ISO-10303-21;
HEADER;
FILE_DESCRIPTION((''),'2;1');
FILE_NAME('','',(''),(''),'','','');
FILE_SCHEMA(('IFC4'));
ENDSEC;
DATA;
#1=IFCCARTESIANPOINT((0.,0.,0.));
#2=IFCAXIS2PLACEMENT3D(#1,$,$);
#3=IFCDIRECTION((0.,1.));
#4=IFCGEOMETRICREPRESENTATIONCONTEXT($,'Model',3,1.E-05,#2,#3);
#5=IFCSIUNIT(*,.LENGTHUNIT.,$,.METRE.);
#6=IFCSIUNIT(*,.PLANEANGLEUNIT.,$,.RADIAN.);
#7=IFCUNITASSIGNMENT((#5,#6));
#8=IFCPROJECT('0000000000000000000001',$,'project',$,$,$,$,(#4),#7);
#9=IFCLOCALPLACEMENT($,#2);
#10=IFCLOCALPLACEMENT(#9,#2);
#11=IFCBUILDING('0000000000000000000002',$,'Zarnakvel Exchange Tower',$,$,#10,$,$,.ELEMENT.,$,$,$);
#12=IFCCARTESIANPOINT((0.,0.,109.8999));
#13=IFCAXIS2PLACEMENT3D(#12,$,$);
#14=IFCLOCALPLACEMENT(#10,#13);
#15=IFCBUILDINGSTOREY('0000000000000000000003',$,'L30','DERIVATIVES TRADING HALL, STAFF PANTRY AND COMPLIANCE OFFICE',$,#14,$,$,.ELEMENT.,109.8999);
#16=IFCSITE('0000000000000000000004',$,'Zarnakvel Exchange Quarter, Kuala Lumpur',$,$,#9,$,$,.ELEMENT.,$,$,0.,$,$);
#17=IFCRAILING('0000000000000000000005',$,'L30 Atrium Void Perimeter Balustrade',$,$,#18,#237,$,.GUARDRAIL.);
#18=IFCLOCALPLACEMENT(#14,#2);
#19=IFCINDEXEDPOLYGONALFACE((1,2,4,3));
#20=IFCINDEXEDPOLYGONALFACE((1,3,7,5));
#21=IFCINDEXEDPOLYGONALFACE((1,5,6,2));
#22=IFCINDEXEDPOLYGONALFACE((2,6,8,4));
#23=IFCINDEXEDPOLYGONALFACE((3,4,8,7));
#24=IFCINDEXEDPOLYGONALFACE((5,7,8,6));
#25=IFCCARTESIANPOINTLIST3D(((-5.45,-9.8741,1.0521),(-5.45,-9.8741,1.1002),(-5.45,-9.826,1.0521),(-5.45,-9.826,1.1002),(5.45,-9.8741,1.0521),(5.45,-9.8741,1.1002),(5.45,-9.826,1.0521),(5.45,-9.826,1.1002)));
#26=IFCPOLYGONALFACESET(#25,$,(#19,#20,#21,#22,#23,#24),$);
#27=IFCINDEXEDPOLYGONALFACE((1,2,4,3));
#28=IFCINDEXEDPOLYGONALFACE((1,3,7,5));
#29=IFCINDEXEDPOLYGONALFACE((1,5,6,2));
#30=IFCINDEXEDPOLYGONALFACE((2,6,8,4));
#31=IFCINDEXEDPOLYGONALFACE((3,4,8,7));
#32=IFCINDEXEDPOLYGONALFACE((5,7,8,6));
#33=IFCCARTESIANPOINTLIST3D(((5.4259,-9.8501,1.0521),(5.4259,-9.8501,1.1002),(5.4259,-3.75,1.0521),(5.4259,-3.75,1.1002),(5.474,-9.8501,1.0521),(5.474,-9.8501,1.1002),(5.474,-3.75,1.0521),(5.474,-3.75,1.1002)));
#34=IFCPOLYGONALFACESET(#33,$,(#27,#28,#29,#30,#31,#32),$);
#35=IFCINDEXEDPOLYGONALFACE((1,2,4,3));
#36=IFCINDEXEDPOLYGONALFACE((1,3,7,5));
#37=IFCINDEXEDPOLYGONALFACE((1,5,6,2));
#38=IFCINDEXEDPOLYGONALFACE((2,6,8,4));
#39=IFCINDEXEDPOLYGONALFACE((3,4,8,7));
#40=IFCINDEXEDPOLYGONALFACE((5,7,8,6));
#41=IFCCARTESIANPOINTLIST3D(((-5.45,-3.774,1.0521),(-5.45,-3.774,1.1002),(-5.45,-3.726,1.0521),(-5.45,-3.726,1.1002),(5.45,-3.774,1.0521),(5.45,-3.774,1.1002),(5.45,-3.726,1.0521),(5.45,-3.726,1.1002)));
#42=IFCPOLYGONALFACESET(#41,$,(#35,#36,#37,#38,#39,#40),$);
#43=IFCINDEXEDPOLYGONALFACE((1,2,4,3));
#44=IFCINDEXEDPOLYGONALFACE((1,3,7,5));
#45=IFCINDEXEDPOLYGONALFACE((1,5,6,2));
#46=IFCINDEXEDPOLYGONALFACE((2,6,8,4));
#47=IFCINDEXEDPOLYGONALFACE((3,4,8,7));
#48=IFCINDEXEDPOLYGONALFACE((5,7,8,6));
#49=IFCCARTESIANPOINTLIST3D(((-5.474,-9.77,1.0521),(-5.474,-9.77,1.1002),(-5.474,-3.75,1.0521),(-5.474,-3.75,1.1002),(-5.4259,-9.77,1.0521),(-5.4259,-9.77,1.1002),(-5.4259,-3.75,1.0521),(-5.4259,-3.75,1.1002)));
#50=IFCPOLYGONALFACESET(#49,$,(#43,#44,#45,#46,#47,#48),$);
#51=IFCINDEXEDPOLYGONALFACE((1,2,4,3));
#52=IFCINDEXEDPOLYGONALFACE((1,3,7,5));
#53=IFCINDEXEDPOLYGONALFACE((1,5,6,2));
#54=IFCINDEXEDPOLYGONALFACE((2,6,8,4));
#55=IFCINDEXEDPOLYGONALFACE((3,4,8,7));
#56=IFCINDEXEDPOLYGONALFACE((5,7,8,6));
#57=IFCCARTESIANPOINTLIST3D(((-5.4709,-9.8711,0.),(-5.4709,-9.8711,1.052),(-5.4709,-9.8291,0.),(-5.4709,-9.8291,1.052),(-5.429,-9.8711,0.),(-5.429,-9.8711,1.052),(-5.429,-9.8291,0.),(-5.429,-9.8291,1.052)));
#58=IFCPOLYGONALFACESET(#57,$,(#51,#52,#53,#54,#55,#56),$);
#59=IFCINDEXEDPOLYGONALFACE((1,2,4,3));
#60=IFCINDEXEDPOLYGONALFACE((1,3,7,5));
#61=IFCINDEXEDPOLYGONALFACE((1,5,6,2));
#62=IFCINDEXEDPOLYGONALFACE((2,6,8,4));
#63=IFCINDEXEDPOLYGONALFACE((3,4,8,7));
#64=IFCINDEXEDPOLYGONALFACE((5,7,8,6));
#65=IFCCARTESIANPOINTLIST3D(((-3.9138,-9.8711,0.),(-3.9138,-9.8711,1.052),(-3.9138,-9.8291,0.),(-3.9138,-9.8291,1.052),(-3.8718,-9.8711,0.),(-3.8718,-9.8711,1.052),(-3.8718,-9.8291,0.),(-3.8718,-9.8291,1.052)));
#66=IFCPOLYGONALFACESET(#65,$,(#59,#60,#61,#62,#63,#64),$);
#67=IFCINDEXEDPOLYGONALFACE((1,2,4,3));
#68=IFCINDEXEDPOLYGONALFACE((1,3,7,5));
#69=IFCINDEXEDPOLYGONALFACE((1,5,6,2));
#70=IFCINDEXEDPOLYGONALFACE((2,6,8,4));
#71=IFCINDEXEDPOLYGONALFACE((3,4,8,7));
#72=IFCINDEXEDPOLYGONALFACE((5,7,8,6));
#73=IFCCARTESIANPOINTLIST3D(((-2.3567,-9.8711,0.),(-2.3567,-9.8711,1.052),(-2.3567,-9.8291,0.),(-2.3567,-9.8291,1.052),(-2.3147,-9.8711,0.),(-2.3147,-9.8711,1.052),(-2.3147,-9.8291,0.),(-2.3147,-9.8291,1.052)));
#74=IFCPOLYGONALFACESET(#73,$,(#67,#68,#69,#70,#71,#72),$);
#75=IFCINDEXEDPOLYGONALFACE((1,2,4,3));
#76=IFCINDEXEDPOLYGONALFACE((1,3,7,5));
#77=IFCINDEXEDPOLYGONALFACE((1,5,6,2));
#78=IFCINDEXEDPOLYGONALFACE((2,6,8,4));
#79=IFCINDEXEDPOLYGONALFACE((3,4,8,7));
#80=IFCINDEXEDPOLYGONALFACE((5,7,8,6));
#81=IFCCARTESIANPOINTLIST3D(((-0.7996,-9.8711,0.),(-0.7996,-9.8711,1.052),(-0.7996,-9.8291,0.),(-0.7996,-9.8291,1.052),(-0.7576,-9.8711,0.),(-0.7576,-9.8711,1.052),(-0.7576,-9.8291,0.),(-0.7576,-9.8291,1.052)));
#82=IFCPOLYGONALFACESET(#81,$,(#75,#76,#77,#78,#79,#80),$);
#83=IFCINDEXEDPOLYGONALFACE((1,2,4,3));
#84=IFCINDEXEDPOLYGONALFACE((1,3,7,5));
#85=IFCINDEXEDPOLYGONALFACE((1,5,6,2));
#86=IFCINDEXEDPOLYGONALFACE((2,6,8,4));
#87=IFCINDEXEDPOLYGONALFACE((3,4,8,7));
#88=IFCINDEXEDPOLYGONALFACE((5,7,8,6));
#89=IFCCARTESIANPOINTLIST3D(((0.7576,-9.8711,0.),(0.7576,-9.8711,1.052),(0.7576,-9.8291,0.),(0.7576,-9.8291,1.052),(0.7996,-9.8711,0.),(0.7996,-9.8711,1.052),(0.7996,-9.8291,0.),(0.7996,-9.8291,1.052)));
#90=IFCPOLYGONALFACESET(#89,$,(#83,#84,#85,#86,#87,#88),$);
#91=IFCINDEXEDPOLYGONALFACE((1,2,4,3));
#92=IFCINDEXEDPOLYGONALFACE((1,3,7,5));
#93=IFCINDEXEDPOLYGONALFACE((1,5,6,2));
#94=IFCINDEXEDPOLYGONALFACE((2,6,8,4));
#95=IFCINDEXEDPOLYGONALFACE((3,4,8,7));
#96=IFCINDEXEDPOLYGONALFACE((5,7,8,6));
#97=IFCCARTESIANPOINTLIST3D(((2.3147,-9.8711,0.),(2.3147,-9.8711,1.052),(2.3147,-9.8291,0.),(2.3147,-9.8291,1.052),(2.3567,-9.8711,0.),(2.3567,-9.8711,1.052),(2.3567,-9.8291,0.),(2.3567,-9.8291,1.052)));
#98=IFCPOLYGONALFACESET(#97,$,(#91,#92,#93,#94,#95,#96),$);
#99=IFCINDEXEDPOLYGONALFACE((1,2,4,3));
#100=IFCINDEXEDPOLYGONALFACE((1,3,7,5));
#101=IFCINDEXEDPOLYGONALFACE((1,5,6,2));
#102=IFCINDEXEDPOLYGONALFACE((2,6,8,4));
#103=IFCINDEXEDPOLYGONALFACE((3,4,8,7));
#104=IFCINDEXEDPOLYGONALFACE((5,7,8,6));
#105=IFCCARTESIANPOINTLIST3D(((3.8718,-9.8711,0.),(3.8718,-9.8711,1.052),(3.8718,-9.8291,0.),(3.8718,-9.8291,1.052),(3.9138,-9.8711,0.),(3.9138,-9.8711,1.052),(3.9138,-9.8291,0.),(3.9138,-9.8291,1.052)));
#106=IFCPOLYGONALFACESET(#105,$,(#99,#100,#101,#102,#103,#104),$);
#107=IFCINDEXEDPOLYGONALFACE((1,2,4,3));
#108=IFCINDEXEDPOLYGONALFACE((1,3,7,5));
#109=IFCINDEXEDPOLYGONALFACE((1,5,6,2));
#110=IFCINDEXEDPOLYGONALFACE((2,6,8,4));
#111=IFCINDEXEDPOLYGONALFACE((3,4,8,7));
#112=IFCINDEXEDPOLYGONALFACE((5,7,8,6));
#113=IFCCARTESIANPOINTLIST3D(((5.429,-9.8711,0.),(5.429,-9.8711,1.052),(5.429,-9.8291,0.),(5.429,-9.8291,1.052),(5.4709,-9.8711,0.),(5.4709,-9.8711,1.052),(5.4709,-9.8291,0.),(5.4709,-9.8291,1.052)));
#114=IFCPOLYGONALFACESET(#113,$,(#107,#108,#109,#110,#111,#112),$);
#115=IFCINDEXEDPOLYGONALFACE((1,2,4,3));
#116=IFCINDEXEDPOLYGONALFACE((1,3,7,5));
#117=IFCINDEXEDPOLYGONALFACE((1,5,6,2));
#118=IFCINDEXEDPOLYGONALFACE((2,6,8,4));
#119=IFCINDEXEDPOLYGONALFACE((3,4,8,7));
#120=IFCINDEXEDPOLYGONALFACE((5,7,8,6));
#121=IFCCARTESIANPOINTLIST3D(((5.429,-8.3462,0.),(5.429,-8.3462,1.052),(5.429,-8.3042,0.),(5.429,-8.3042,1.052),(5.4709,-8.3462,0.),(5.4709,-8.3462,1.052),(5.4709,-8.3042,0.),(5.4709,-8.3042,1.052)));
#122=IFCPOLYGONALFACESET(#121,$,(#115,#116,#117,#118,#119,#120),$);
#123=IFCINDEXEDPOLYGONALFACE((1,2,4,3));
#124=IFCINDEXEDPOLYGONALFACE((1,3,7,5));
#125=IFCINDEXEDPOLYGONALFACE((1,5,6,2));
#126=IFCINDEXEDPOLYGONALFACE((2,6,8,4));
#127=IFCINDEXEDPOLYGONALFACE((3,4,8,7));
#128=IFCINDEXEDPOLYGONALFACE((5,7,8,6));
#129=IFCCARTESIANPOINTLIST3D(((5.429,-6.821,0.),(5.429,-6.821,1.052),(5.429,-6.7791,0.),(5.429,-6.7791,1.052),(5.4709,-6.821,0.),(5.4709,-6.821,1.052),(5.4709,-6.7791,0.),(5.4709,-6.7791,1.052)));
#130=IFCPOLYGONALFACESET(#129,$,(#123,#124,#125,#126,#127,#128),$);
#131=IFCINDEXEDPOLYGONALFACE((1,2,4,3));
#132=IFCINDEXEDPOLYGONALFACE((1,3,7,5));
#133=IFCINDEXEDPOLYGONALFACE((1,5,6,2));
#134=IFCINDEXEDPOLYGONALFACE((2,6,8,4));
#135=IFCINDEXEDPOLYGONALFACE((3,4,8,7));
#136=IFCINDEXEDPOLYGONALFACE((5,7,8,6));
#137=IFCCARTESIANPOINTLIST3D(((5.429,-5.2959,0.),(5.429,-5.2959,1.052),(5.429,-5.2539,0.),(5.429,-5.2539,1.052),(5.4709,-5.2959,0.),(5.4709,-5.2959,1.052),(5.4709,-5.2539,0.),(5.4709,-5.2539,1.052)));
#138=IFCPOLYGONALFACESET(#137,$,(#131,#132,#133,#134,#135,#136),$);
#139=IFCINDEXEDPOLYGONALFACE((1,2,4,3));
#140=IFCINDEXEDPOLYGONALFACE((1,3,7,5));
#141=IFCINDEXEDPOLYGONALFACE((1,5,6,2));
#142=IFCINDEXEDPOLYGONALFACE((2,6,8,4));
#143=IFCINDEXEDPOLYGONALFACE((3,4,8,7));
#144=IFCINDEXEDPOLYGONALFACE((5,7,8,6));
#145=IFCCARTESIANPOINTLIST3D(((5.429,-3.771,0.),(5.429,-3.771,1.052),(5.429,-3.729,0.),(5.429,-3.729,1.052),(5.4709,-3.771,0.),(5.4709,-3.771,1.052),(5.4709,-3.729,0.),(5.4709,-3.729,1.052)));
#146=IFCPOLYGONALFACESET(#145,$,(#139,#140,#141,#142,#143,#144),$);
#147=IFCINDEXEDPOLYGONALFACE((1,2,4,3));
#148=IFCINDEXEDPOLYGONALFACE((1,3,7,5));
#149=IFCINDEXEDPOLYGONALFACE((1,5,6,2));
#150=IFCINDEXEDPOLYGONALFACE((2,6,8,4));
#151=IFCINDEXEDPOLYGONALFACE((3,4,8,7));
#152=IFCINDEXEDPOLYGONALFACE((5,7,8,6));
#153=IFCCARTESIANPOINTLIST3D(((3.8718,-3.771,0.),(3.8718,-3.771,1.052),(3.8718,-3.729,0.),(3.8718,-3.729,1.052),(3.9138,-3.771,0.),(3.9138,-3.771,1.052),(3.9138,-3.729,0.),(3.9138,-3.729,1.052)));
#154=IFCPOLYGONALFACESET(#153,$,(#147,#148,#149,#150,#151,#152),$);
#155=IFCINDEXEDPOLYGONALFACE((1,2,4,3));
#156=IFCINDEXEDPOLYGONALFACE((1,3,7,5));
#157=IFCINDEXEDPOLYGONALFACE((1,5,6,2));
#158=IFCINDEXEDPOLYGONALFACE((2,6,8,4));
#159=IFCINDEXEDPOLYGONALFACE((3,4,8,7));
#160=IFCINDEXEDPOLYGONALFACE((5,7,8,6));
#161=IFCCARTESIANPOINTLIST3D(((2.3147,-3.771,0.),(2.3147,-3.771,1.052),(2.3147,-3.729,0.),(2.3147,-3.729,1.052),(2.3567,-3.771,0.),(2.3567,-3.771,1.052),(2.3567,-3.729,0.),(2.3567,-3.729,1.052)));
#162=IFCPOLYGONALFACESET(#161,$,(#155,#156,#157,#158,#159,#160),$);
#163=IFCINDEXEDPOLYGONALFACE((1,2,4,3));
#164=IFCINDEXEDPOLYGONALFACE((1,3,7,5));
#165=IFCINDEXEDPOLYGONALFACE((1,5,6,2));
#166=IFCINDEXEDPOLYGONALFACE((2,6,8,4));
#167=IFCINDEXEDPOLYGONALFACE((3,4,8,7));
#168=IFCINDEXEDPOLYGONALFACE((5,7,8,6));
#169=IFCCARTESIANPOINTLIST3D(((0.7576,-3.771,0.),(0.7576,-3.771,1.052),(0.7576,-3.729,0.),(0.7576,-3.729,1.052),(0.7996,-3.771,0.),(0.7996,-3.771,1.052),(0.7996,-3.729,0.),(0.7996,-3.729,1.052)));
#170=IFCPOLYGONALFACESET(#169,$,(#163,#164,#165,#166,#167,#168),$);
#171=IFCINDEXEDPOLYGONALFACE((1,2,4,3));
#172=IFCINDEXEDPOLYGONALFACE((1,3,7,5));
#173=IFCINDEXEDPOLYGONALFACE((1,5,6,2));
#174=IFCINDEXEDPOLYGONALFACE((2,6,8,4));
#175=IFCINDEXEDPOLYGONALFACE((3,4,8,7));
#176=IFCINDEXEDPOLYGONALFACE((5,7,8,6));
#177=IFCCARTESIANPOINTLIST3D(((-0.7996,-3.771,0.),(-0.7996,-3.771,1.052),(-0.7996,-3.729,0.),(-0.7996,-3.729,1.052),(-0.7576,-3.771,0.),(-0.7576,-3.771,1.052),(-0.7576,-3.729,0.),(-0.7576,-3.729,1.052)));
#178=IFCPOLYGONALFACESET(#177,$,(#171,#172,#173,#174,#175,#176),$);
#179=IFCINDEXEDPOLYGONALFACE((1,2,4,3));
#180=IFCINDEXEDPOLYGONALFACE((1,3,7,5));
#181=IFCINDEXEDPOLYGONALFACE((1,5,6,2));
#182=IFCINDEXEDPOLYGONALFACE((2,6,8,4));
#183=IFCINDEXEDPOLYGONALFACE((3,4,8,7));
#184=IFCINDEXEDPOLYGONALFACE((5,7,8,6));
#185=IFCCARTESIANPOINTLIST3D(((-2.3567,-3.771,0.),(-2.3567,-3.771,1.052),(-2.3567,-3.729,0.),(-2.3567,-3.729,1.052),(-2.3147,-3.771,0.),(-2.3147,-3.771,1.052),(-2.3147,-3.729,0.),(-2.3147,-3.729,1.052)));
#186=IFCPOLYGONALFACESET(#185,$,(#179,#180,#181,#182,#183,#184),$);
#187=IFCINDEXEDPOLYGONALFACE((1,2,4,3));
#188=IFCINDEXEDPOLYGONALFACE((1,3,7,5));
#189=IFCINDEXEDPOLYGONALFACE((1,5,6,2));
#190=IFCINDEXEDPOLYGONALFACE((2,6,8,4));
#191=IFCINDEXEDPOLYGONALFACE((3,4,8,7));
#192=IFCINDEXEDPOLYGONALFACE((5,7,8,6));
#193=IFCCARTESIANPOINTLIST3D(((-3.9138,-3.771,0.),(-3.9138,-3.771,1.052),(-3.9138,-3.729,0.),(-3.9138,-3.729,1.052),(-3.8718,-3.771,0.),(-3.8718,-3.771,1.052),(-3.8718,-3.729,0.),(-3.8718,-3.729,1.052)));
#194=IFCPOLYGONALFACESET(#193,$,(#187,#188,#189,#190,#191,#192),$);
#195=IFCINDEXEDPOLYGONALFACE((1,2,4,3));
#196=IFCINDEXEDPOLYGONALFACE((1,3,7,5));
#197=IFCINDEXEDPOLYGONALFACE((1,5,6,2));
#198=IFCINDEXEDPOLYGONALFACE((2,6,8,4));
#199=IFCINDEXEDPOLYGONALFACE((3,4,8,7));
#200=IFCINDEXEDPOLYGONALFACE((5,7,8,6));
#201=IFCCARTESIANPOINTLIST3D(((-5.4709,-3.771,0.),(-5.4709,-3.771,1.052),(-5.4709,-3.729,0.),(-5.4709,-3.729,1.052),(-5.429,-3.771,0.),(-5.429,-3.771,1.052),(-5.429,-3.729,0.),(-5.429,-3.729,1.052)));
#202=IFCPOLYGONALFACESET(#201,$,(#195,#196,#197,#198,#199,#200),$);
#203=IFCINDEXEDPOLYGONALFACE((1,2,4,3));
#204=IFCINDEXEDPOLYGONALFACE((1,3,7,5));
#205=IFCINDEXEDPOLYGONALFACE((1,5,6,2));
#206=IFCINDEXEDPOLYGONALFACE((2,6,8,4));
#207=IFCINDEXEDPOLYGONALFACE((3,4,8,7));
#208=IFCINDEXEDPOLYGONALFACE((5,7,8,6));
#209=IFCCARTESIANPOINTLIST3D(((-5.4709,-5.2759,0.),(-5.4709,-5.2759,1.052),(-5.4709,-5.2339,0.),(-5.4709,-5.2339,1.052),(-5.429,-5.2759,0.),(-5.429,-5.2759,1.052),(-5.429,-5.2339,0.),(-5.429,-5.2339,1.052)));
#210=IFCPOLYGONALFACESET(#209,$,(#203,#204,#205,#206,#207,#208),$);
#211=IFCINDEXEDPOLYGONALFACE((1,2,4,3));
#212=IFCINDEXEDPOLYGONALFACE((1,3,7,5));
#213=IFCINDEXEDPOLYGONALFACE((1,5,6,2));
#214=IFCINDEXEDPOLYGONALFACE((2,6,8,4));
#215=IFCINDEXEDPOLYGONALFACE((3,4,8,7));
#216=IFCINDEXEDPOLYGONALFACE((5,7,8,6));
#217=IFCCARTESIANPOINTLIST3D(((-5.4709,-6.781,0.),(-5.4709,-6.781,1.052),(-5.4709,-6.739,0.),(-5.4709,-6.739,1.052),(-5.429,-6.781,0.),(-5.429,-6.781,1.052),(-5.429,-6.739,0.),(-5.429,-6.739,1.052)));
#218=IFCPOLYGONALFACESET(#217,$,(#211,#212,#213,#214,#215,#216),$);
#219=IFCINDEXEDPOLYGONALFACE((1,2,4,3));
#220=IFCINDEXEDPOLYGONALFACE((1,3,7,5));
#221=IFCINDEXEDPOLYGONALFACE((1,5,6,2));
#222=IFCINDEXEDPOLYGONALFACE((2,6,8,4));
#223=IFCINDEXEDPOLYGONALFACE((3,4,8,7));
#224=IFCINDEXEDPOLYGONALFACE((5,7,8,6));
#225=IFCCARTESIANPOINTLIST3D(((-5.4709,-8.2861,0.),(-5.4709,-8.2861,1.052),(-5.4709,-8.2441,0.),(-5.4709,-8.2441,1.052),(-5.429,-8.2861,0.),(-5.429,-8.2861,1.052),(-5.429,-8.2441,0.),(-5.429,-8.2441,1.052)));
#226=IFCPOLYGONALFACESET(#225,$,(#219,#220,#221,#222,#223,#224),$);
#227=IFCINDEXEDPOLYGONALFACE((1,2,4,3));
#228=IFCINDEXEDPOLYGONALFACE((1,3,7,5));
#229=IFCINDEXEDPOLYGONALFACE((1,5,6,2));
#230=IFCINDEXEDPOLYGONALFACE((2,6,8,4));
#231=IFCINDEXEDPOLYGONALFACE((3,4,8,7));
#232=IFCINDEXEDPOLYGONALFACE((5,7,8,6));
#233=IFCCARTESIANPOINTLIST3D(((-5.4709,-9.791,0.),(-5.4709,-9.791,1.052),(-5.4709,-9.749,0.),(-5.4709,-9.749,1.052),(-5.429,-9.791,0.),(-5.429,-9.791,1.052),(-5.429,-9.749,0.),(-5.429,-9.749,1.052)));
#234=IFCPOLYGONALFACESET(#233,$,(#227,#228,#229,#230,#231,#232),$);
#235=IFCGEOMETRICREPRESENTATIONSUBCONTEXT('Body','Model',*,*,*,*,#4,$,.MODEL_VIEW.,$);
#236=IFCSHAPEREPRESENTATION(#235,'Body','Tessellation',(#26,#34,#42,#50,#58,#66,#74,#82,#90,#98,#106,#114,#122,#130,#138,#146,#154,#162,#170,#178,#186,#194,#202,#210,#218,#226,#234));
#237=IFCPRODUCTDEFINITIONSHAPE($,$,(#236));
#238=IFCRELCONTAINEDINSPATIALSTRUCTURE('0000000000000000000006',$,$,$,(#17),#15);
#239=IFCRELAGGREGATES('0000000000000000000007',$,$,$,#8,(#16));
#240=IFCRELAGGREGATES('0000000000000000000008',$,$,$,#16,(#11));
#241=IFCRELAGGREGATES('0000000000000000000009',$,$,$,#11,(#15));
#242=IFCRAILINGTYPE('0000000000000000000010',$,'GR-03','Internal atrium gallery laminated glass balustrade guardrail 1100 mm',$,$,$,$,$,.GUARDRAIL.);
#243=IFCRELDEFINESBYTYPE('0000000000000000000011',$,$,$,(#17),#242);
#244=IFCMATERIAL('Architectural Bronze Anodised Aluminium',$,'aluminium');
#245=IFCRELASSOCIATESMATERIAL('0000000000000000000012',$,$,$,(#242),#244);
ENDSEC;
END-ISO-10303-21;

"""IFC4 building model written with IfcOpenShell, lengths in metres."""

from ifc_helpers import new_model, si_unit, direction, frame, origin, origin_2d, place, context, subcontext, project, spatial, rectangle, extrude, material, type_object, element, save


model = new_model("IFC4")

# Units and contexts
model_context = context("Model", 3, precision=1e-05, world=origin(), true_north=direction((0.0, 1.0)))
body_context = subcontext(model_context, "Body", "Model", "MODEL_VIEW")
ifc_project = project(units=[si_unit("LENGTHUNIT", "METRE"), si_unit("PLANEANGLEUNIT", "RADIAN")], contexts=[model_context])

# Site, building, storey
site_placement = place(None, origin())
site = spatial("IfcSite", under=ifc_project, at=site_placement, Name="Zarnakvel Exchange Quarter, Kuala Lumpur", CompositionType="ELEMENT", RefElevation=0.0)
building_placement = place(site_placement, origin())
building = spatial("IfcBuilding", under=site, at=building_placement, Name="Zarnakvel Exchange Tower", CompositionType="ELEMENT")
storey_placement = place(building_placement, frame((0.0, 0.0, 109.8999)))
storey = spatial("IfcBuildingStorey", under=building, at=storey_placement, Name="L30", Description="DERIVATIVES TRADING HALL, STAFF PANTRY AND COMPLIANCE OFFICE", CompositionType="ELEMENT", Elevation=109.8999)

# Railing
ifc_material_1 = material(Name="Architectural Bronze Anodised Aluminium", Category="aluminium")
railing_type = type_object("IfcRailingType", Name="GR-03", Description="Internal atrium gallery laminated glass balustrade guardrail 1100 mm", PredefinedType="GUARDRAIL", material=ifc_material_1)
railing_placement = place(storey_placement, frame((-5.45, -9.8501, 0.0)))
element("IfcRailing", 1, at=railing_placement, inside=storey, type_object=railing_type, Name="L30 Atrium Void Perimeter Balustrade", PredefinedType="GUARDRAIL", context=body_context, shape_type="SweptSolid", body=[
    extrude(rectangle(XDim=0.0481, YDim=0.0481, at=origin_2d()), frame((0.0, 0.0, 1.0762), z_axis=(1.0, 0.0, 0.0), x_axis=(0.0, 1.0, 0.0)), (0.0, 0.0, 1.0), 10.8999),
    extrude(rectangle(XDim=0.0481, YDim=0.0481, at=origin_2d()), frame((10.8999, 0.0, 1.0762), z_axis=(0.0, 1.0, 0.0), x_axis=(-1.0, 0.0, 0.0)), (0.0, 0.0, 1.0), 6.1001),
    extrude(rectangle(XDim=0.0481, YDim=0.0481, at=origin_2d()), frame((10.8999, 6.1001, 1.0762), z_axis=(-1.0, 0.0, 0.0), x_axis=(0.0, -1.0, 0.0)), (0.0, 0.0, 1.0), 10.8999),
    extrude(rectangle(XDim=0.0481, YDim=0.0481, at=origin_2d()), frame((0.0, 6.1001, 1.0762), z_axis=(0.0, -1.0, 0.0), x_axis=(1.0, 0.0, 0.0)), (0.0, 0.0, 1.0), 6.02),
    extrude(rectangle(XDim=0.042, YDim=0.042, at=origin_2d()), origin(), (0.0, 0.0, 1.0), 1.052),
    extrude(rectangle(XDim=0.042, YDim=0.042, at=origin_2d()), frame((1.5571, 0.0, 0.0)), (0.0, 0.0, 1.0), 1.052),
    extrude(rectangle(XDim=0.042, YDim=0.042, at=origin_2d()), frame((3.1143, 0.0, 0.0)), (0.0, 0.0, 1.0), 1.052),
    extrude(rectangle(XDim=0.042, YDim=0.042, at=origin_2d()), frame((4.6714, 0.0, 0.0)), (0.0, 0.0, 1.0), 1.052),
    extrude(rectangle(XDim=0.042, YDim=0.042, at=origin_2d()), frame((6.2285, 0.0, 0.0)), (0.0, 0.0, 1.0), 1.052),
    extrude(rectangle(XDim=0.042, YDim=0.042, at=origin_2d()), frame((7.7856, 0.0, 0.0)), (0.0, 0.0, 1.0), 1.052),
    extrude(rectangle(XDim=0.042, YDim=0.042, at=origin_2d()), frame((9.3428, 0.0, 0.0)), (0.0, 0.0, 1.0), 1.052),
    extrude(rectangle(XDim=0.042, YDim=0.042, at=origin_2d()), frame((10.8999, 0.0, 0.0)), (0.0, 0.0, 1.0), 1.052),
    extrude(rectangle(XDim=0.042, YDim=0.042, at=origin_2d()), frame((10.8999, 1.5249, 0.0)), (0.0, 0.0, 1.0), 1.052),
    extrude(rectangle(XDim=0.042, YDim=0.042, at=origin_2d()), frame((10.8999, 3.05, 0.0)), (0.0, 0.0, 1.0), 1.052),
    extrude(rectangle(XDim=0.042, YDim=0.042, at=origin_2d()), frame((10.8999, 4.5752, 0.0)), (0.0, 0.0, 1.0), 1.052),
    extrude(rectangle(XDim=0.042, YDim=0.042, at=origin_2d()), frame((10.8999, 6.1001, 0.0)), (0.0, 0.0, 1.0), 1.052),
    extrude(rectangle(XDim=0.042, YDim=0.042, at=origin_2d()), frame((9.3428, 6.1001, 0.0)), (0.0, 0.0, 1.0), 1.052),
    extrude(rectangle(XDim=0.042, YDim=0.042, at=origin_2d()), frame((7.7856, 6.1001, 0.0)), (0.0, 0.0, 1.0), 1.052),
    extrude(rectangle(XDim=0.042, YDim=0.042, at=origin_2d()), frame((6.2285, 6.1001, 0.0)), (0.0, 0.0, 1.0), 1.052),
    extrude(rectangle(XDim=0.042, YDim=0.042, at=origin_2d()), frame((4.6714, 6.1001, 0.0)), (0.0, 0.0, 1.0), 1.052),
    extrude(rectangle(XDim=0.042, YDim=0.042, at=origin_2d()), frame((3.1143, 6.1001, 0.0)), (0.0, 0.0, 1.0), 1.052),
    extrude(rectangle(XDim=0.042, YDim=0.042, at=origin_2d()), frame((1.5571, 6.1001, 0.0)), (0.0, 0.0, 1.0), 1.052),
    extrude(rectangle(XDim=0.042, YDim=0.042, at=origin_2d()), frame((0.0, 6.1001, 0.0)), (0.0, 0.0, 1.0), 1.052),
    extrude(rectangle(XDim=0.042, YDim=0.042, at=origin_2d()), frame((0.0, 4.5952, 0.0)), (0.0, 0.0, 1.0), 1.052),
    extrude(rectangle(XDim=0.042, YDim=0.042, at=origin_2d()), frame((0.0, 3.0901, 0.0)), (0.0, 0.0, 1.0), 1.052),
    extrude(rectangle(XDim=0.042, YDim=0.042, at=origin_2d()), frame((0.0, 1.585, 0.0)), (0.0, 0.0, 1.0), 1.052),
    extrude(rectangle(XDim=0.042, YDim=0.042, at=origin_2d()), frame((0.0, 0.0801, 0.0)), (0.0, 0.0, 1.0), 1.052),
])

save(model, "model.ifc")
